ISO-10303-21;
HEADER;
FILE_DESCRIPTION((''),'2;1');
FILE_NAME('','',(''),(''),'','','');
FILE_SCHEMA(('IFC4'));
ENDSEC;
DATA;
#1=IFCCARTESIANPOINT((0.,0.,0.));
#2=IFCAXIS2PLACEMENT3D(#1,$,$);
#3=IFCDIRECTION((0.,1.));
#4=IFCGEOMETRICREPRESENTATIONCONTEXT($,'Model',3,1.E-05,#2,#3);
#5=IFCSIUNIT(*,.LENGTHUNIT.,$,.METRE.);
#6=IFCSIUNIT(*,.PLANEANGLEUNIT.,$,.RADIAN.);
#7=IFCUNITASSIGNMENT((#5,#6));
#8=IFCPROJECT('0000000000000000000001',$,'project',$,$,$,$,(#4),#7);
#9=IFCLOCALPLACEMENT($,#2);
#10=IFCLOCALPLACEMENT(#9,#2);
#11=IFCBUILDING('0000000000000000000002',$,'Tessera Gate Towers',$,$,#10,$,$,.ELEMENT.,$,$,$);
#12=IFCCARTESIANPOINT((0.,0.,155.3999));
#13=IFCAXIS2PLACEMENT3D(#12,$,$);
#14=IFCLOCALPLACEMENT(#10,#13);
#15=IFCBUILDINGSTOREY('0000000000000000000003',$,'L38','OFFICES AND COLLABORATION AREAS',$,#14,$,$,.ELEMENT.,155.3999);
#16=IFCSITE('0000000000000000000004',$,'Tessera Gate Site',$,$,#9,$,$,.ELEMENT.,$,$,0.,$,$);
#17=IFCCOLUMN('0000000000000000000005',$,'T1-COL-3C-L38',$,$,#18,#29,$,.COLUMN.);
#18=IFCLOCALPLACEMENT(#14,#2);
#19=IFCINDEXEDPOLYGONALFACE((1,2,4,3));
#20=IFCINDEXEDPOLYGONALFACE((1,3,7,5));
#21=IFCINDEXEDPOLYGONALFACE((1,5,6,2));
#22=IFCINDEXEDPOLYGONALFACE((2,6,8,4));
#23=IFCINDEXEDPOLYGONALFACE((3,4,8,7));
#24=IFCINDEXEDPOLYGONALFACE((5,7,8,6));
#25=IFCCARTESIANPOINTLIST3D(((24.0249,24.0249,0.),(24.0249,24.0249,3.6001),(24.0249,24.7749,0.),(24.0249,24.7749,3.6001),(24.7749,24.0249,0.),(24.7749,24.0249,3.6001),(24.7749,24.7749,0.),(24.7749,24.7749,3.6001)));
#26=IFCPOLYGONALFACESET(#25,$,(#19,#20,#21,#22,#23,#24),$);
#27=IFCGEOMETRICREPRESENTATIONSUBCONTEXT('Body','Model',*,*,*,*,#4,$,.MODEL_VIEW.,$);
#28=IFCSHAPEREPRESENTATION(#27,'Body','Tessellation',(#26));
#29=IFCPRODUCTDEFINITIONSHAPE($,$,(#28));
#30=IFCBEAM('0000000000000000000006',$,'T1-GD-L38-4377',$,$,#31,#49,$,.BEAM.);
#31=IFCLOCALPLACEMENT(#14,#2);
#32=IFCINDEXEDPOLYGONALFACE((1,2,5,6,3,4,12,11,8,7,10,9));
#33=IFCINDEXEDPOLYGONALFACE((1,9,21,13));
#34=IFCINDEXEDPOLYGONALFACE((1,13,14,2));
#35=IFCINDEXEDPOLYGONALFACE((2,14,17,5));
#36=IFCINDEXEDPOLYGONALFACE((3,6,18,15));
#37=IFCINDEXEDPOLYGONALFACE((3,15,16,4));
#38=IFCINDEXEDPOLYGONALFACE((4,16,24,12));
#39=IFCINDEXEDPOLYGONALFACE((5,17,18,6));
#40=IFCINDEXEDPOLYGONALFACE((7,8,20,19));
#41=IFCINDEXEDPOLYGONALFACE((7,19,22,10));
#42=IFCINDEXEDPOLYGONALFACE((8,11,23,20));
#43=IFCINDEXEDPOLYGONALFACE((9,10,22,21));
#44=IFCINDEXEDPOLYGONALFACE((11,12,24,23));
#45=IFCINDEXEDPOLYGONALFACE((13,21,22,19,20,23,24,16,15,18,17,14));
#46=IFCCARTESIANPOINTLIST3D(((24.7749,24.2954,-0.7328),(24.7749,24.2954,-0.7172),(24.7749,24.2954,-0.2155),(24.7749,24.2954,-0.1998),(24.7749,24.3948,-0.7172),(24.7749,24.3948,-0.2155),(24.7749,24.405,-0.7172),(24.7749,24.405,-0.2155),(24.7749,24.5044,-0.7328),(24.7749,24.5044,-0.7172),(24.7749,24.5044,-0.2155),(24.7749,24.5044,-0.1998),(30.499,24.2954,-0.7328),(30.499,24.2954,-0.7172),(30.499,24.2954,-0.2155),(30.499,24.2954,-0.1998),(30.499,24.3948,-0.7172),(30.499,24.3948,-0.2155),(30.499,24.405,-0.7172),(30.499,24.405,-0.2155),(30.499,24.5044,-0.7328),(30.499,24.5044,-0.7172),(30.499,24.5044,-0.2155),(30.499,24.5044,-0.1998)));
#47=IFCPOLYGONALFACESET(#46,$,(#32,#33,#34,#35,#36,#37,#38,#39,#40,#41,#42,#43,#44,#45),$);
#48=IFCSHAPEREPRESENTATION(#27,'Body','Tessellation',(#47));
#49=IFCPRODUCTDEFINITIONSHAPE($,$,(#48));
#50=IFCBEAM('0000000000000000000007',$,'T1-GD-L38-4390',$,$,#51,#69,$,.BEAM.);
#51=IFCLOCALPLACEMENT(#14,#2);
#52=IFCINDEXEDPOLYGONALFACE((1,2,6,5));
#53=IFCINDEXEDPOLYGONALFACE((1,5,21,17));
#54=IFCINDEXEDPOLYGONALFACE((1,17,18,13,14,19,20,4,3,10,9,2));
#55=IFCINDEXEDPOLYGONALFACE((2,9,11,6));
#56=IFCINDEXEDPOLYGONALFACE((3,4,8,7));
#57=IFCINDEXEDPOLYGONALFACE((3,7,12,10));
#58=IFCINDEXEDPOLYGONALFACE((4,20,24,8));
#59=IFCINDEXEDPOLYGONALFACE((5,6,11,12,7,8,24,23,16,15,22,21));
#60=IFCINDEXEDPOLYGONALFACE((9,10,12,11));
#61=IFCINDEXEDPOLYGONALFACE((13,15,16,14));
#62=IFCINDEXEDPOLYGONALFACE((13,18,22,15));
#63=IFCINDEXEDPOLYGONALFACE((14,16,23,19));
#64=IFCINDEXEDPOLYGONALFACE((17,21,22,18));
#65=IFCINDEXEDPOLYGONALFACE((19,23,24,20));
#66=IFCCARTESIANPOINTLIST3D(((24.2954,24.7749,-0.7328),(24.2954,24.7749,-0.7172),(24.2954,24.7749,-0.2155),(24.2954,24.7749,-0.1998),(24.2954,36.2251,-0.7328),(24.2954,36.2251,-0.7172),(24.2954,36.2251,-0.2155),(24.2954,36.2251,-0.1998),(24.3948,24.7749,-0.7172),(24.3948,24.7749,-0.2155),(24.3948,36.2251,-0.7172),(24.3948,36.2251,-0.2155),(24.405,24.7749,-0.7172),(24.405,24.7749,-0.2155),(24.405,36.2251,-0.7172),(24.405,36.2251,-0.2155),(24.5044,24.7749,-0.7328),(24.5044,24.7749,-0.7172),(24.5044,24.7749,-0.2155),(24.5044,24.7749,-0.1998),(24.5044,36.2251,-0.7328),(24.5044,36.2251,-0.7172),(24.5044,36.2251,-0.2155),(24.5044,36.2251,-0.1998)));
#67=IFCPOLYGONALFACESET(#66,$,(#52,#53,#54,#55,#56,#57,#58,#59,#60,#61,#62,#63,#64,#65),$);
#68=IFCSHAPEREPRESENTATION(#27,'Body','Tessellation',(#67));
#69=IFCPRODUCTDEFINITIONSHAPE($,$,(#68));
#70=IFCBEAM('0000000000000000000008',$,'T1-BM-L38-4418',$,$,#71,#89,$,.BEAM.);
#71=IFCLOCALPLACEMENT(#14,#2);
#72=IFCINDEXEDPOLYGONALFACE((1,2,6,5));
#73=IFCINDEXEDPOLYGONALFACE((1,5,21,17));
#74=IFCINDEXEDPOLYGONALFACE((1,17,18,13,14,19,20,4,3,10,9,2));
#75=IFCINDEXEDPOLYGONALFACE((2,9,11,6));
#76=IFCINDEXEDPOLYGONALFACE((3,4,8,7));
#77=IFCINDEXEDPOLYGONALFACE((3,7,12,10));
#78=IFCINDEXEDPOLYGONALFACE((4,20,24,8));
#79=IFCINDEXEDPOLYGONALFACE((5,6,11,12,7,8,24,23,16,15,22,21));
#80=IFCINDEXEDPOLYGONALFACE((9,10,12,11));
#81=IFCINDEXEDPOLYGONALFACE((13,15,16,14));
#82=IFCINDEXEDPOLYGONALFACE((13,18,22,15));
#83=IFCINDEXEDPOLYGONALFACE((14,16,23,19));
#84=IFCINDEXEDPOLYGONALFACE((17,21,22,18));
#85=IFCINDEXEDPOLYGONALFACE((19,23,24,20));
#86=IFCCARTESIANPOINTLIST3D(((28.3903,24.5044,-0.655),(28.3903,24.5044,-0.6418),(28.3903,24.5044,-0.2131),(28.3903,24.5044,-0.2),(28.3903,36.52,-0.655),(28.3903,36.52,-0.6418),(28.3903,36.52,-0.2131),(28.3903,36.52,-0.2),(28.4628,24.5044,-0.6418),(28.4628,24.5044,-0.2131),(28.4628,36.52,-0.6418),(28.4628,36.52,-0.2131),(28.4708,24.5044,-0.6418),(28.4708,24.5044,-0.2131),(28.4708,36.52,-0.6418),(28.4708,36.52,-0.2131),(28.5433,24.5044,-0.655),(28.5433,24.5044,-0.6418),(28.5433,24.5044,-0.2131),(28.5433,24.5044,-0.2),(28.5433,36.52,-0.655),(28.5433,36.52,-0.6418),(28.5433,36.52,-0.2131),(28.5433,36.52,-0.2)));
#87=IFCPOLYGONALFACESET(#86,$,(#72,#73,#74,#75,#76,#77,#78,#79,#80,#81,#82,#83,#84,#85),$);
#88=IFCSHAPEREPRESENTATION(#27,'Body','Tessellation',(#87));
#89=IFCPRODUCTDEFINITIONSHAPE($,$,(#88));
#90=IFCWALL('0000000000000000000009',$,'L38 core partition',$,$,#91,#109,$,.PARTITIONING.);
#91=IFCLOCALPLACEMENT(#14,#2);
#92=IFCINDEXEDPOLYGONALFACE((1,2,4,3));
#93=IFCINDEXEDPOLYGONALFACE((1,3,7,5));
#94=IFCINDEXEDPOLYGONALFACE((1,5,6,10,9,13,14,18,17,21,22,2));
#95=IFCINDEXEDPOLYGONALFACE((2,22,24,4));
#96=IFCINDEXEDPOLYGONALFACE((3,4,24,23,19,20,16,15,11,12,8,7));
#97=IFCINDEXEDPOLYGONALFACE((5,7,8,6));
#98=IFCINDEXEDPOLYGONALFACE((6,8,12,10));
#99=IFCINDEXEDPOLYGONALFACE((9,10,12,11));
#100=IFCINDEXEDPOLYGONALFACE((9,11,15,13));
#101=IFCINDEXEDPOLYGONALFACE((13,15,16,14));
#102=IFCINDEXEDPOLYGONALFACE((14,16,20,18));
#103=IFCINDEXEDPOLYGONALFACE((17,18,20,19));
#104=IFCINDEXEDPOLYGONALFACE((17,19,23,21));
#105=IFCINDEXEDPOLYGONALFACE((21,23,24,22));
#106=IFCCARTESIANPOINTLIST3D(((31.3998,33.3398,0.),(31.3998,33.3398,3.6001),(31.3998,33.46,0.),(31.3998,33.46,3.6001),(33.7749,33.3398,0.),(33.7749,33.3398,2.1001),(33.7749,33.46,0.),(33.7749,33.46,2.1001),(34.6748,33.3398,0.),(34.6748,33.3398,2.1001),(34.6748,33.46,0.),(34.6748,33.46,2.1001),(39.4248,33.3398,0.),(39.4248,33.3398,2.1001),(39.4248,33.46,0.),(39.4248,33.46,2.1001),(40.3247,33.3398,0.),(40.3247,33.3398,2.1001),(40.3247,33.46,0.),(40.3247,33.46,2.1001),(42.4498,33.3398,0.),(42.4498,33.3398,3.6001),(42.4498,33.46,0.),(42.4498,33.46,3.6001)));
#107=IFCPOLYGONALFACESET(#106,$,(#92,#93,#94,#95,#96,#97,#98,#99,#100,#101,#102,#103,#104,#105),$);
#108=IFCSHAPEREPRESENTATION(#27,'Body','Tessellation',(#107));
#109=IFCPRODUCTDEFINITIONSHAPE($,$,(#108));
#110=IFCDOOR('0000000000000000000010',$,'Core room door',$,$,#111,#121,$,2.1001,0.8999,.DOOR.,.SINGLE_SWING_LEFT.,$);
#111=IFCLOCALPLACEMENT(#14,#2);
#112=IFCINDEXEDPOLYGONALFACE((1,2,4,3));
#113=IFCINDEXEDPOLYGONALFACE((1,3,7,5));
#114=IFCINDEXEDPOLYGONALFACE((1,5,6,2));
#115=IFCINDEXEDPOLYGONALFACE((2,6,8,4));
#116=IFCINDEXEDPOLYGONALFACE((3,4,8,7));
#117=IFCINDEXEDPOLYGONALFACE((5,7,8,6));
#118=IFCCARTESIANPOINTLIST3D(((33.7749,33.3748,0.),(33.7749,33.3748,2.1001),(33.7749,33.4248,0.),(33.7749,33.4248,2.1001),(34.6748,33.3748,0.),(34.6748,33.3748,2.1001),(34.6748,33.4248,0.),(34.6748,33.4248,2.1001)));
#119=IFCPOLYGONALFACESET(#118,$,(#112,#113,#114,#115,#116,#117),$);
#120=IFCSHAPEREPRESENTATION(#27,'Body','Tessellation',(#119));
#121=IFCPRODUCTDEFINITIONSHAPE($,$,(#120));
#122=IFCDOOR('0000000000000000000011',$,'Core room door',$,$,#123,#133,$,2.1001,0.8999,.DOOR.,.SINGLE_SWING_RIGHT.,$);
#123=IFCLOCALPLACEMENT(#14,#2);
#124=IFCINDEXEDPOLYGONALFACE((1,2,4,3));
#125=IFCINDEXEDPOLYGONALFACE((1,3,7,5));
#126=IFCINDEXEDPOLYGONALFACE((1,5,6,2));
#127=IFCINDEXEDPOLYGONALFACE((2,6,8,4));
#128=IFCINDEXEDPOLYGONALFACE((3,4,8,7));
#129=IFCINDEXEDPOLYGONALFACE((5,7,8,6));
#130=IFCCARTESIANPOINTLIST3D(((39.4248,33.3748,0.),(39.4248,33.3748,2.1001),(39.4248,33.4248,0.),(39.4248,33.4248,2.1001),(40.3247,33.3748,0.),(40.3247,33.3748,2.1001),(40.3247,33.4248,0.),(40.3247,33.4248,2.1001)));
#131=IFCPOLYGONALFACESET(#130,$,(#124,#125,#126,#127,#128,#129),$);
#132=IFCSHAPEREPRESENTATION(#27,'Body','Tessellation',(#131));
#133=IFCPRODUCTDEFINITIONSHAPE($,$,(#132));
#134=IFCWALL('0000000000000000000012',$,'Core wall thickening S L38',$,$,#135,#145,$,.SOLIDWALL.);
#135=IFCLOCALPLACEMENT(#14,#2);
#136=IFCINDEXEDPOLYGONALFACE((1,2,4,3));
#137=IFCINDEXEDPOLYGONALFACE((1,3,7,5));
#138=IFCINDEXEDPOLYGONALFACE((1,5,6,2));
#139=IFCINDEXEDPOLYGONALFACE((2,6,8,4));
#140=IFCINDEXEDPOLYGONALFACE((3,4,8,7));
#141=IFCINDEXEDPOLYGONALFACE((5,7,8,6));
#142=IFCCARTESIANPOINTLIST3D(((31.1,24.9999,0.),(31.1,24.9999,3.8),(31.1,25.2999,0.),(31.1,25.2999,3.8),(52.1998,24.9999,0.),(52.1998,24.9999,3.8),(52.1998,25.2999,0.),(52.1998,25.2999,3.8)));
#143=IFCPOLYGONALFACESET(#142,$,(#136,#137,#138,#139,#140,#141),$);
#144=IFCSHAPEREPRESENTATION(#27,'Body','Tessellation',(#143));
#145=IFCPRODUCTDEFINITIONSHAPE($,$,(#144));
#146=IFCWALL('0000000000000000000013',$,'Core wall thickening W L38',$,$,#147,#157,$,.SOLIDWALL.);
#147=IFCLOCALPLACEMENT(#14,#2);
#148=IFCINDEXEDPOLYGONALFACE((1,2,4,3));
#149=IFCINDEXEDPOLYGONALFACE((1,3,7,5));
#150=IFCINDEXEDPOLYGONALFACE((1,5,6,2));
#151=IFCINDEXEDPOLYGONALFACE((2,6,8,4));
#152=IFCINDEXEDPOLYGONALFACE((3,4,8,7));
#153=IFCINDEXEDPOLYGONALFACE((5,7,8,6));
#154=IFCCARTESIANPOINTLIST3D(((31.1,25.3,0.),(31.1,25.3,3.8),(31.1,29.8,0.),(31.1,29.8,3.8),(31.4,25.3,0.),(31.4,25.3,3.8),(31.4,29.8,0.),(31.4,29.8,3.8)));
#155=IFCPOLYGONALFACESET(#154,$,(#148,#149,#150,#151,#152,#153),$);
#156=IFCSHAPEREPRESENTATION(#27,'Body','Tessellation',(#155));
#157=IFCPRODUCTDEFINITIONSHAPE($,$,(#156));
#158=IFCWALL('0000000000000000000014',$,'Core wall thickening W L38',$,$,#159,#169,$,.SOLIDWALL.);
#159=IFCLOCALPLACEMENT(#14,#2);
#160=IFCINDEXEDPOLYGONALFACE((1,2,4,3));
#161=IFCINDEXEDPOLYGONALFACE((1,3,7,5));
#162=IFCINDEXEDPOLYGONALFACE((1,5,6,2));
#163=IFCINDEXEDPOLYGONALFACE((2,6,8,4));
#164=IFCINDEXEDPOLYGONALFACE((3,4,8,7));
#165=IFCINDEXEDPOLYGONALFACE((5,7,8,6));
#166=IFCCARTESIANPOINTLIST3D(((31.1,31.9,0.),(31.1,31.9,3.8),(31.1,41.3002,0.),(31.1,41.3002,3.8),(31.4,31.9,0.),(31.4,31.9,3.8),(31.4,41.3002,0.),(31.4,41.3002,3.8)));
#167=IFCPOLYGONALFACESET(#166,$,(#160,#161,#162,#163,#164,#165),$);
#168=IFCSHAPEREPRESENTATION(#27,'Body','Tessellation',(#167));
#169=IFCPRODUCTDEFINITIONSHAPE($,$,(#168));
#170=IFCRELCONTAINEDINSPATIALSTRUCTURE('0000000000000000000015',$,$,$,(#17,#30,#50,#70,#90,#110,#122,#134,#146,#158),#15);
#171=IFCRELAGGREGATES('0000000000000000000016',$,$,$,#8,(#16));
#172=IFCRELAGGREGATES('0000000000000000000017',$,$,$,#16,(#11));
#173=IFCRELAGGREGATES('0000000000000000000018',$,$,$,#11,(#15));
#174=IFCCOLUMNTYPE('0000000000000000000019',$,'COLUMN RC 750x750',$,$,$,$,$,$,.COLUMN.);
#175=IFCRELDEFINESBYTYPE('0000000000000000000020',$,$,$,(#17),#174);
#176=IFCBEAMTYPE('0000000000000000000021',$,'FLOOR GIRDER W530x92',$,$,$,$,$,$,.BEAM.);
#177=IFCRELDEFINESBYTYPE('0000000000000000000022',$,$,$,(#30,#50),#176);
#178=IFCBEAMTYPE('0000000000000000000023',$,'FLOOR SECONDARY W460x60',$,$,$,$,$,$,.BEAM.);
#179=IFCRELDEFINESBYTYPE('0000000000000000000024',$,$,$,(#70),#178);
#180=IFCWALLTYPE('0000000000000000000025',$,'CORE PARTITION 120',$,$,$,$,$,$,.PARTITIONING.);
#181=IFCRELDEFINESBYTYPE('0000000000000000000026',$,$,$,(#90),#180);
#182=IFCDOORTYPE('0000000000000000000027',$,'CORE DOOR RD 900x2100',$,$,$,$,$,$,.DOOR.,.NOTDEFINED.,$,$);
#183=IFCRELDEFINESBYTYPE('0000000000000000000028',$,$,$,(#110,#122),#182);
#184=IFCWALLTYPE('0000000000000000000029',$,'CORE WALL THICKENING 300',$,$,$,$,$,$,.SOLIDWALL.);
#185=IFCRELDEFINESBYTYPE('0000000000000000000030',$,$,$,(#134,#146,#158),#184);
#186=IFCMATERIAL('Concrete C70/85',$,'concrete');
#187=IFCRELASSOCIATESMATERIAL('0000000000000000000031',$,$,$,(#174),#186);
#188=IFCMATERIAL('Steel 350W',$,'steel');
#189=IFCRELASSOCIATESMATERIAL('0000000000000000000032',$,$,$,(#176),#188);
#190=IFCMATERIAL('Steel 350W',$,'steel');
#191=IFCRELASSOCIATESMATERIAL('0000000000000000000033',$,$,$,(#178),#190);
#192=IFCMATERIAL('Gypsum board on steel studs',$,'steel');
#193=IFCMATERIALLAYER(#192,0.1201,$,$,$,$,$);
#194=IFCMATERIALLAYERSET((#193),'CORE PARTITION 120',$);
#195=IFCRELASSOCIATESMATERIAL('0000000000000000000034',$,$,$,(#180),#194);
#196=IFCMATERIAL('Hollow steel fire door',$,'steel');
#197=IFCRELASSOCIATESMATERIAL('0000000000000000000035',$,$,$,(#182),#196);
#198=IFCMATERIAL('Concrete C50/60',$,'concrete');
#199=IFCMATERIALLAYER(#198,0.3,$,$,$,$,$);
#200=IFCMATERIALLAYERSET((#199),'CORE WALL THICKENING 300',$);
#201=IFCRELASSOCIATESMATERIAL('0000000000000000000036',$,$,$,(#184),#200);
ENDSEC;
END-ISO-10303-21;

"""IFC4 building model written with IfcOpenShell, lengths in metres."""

from ifc_helpers import new_model, si_unit, direction, frame, frame_2d, origin, origin_2d, place, context, subcontext, project, spatial, rectangle, i_section, extrude, source, transform, mapped, material, layer, layer_set, material_profile, profile_set, type_object, element, fill, save


model = new_model("IFC4")

# Units and contexts
model_context = context("Model", 3, precision=1e-05, world=origin(), true_north=direction((0.0, 1.0)))
body_context = subcontext(model_context, "Body", "Model", "MODEL_VIEW")
ifc_project = project(units=[si_unit("LENGTHUNIT", "METRE"), si_unit("PLANEANGLEUNIT", "RADIAN")], contexts=[model_context])

# Site, building, storey
site_placement = place(None, origin())
site = spatial("IfcSite", under=ifc_project, at=site_placement, Name="Tessera Gate Site", CompositionType="ELEMENT", RefElevation=0.0)
building_placement = place(site_placement, origin())
building = spatial("IfcBuilding", under=site, at=building_placement, Name="Tessera Gate Towers", CompositionType="ELEMENT")
storey_placement = place(building_placement, frame((0.0, 0.0, 155.3999)))
storey = spatial("IfcBuildingStorey", under=building, at=storey_placement, Name="L38", Description="OFFICES AND COLLABORATION AREAS", CompositionType="ELEMENT", Elevation=155.3999)

# Column
ifc_material_1 = material(Name="Concrete C70/85", Category="concrete")
ifc_material_profile_1 = material_profile(ifc_material_1, rectangle(XDim=0.75, YDim=0.75, at=origin_2d()), Name="RC 750x750")
ifc_profile_set_1 = profile_set([ifc_material_profile_1], Name="Concrete C70/85")
column_type = type_object("IfcColumnType", Name="COLUMN RC 750x750", PredefinedType="COLUMN", material=ifc_profile_set_1)
column_placement = place(storey_placement, frame((24.3999, 24.3999, 0.0), z_axis=(0.0, 0.0, 1.0), x_axis=(1.0, 0.0, 0.0)))
element("IfcColumn", 1, at=column_placement, inside=storey, type_object=column_type, Name="T1-COL-3C-L38", PredefinedType="COLUMN", context=body_context, shape_type="SweptSolid", body=[
    extrude(rectangle(XDim=0.75, YDim=0.75, at=origin_2d()), origin(), (0.0, 0.0, 1.0), 3.6001),
])

# Beams
ifc_material_2 = material(Name="Steel 350W", Category="steel")
ifc_material_profile_2 = material_profile(ifc_material_2, i_section(OverallWidth=0.209, OverallDepth=0.533, WebThickness=0.0103, FlangeThickness=0.0156, at=origin_2d()), Name="W530x92")
ifc_profile_set_2 = profile_set([ifc_material_profile_2], Name="Steel 350W")
beam_type_1 = type_object("IfcBeamType", Name="FLOOR GIRDER W530x92", PredefinedType="BEAM", material=ifc_profile_set_2)
beam_1_placement = place(storey_placement, frame((24.7749, 24.3999, -0.4663), z_axis=(1.0, 0.0, 0.0), x_axis=(0.0, 1.0, 0.0)))
element("IfcBeam", 2, at=beam_1_placement, inside=storey, type_object=beam_type_1, Name="T1-GD-L38-4377", PredefinedType="BEAM", context=body_context, shape_type="SweptSolid", body=[
    extrude(i_section(OverallWidth=0.209, OverallDepth=0.533, WebThickness=0.0103, FlangeThickness=0.0156, at=origin_2d()), origin(), (0.0, 0.0, 1.0), 5.7241),
])
beam_2_placement = place(storey_placement, frame((24.3999, 24.7749, -0.4663), z_axis=(0.0, 1.0, 0.0), x_axis=(-1.0, 0.0, 0.0)))
element("IfcBeam", 3, at=beam_2_placement, inside=storey, type_object=beam_type_1, Name="T1-GD-L38-4390", PredefinedType="BEAM", context=body_context, shape_type="SweptSolid", body=[
    extrude(i_section(OverallWidth=0.209, OverallDepth=0.533, WebThickness=0.0103, FlangeThickness=0.0156, at=origin_2d()), origin(), (0.0, 0.0, 1.0), 11.4502),
])
ifc_material_3 = material(Name="Steel 350W", Category="steel")
ifc_material_profile_3 = material_profile(ifc_material_3, i_section(OverallWidth=0.1531, OverallDepth=0.4551, WebThickness=0.0081, FlangeThickness=0.0132, at=origin_2d()), Name="W460x60")
ifc_profile_set_3 = profile_set([ifc_material_profile_3], Name="Steel 350W")
beam_type_2 = type_object("IfcBeamType", Name="FLOOR SECONDARY W460x60", PredefinedType="BEAM", material=ifc_profile_set_3)
beam_3_placement = place(storey_placement, frame((28.4668, 24.5044, -0.4275), z_axis=(0.0, 1.0, 0.0), x_axis=(-1.0, 0.0, 0.0)))
element("IfcBeam", 4, at=beam_3_placement, inside=storey, type_object=beam_type_2, Name="T1-BM-L38-4418", PredefinedType="BEAM", context=body_context, shape_type="SweptSolid", body=[
    extrude(i_section(OverallWidth=0.1531, OverallDepth=0.4551, WebThickness=0.0081, FlangeThickness=0.0132, at=origin_2d()), origin(), (0.0, 0.0, 1.0), 12.0156),
])

# Wall, openings, doors
ifc_material_4 = material(Name="Gypsum board on steel studs", Category="steel")
ifc_layer_1 = layer(ifc_material_4, 0.1201)
ifc_layer_set_1 = layer_set([ifc_layer_1], Name="CORE PARTITION 120")
wall_type_1 = type_object("IfcWallType", Name="CORE PARTITION 120", PredefinedType="PARTITIONING", material=ifc_layer_set_1)
wall_1_placement = place(storey_placement, frame((31.3999, 33.3999, 0.0), z_axis=(0.0, 0.0, 1.0), x_axis=(1.0, 0.0, 0.0)))
wall_1 = element("IfcWall", 5, at=wall_1_placement, inside=storey, type_object=wall_type_1, Name="L38 core partition", PredefinedType="PARTITIONING", context=body_context, shape_type="SweptSolid", body=[
    extrude(rectangle(XDim=11.05, YDim=0.1201, at=frame_2d((5.5249, 0.0))), origin(), (0.0, 0.0, 1.0), 3.6001),
])
shared_shape_1 = source(origin(), body_context, "Body", "SweptSolid", [
    extrude(rectangle(XDim=0.8999, YDim=2.1001, at=frame_2d((0.45, 1.05))), frame((0.0, 0.0701, 0.0), z_axis=(0.0, -1.0, 0.0), x_axis=(1.0, 0.0, 0.0)), (0.0, 0.0, 1.0), 0.1401),
])
opening_1_placement = place(wall_1_placement, frame((2.375, 0.0, 0.0)))
opening_1 = element("IfcOpeningElement", 6, at=opening_1_placement, cuts=wall_1, PredefinedType="OPENING", context=body_context, shape_type="MappedRepresentation", body=[
    mapped(shared_shape_1, transform((0.0, 0.0, 0.0), scale=1.0)),
])
opening_2_placement = place(wall_1_placement, frame((8.0249, 0.0, 0.0)))
opening_2 = element("IfcOpeningElement", 7, at=opening_2_placement, cuts=wall_1, PredefinedType="OPENING", context=body_context, shape_type="MappedRepresentation", body=[
    mapped(shared_shape_1, transform((0.0, 0.0, 0.0), scale=1.0)),
])
ifc_material_5 = material(Name="Hollow steel fire door", Category="steel")
door_type_1 = type_object("IfcDoorType", Name="CORE DOOR RD 900x2100", OperationType="NOTDEFINED", PredefinedType="DOOR", material=ifc_material_5)
shared_shape_2 = source(origin(), body_context, "Body", "SweptSolid", [
    extrude(rectangle(XDim=0.8999, YDim=2.1001, at=frame_2d((0.45, 1.05))), frame((0.0, 0.0249, 0.0), z_axis=(0.0, -1.0, 0.0), x_axis=(1.0, 0.0, 0.0)), (0.0, 0.0, 1.0), 0.05),
])
door_1_placement = place(opening_1_placement, origin())
door_1 = element("IfcDoor", 8, at=door_1_placement, inside=storey, type_object=door_type_1, Name="Core room door", OperationType="SINGLE_SWING_LEFT", OverallHeight=2.1001, OverallWidth=0.8999, PredefinedType="DOOR", context=body_context, shape_type="MappedRepresentation", body=[
    mapped(shared_shape_2, transform((0.0, 0.0, 0.0), scale=1.0)),
])
fill(opening_1, door_1)
door_2_placement = place(opening_2_placement, origin())
door_2 = element("IfcDoor", 9, at=door_2_placement, inside=storey, type_object=door_type_1, Name="Core room door", OperationType="SINGLE_SWING_RIGHT", OverallHeight=2.1001, OverallWidth=0.8999, PredefinedType="DOOR", context=body_context, shape_type="MappedRepresentation", body=[
    mapped(shared_shape_2, transform((0.0, 0.0, 0.0), scale=1.0)),
])
fill(opening_2, door_2)

# Walls
ifc_material_6 = material(Name="Concrete C50/60", Category="concrete")
ifc_layer_2 = layer(ifc_material_6, 0.3)
ifc_layer_set_2 = layer_set([ifc_layer_2], Name="CORE WALL THICKENING 300")
wall_type_2 = type_object("IfcWallType", Name="CORE WALL THICKENING 300", PredefinedType="SOLIDWALL", material=ifc_layer_set_2)
wall_2_placement = place(storey_placement, frame((31.1001, 25.1499, 0.0), z_axis=(0.0, 0.0, 1.0), x_axis=(1.0, 0.0, 0.0)))
element("IfcWall", 10, at=wall_2_placement, inside=storey, type_object=wall_type_2, Name="Core wall thickening S L38", PredefinedType="SOLIDWALL", context=body_context, shape_type="SweptSolid", body=[
    extrude(rectangle(XDim=21.0999, YDim=0.3, at=frame_2d((10.5498, 0.0))), origin(), (0.0, 0.0, 1.0), 3.8),
])
wall_3_placement = place(storey_placement, frame((31.25, 25.3, 0.0), z_axis=(0.0, 0.0, 1.0), x_axis=(0.0, 1.0, 0.0)))
element("IfcWall", 11, at=wall_3_placement, inside=storey, type_object=wall_type_2, Name="Core wall thickening W L38", PredefinedType="SOLIDWALL", context=body_context, shape_type="SweptSolid", body=[
    extrude(rectangle(XDim=4.5, YDim=0.3, at=frame_2d((2.25, 0.0))), origin(), (0.0, 0.0, 1.0), 3.8),
])
wall_4_placement = place(storey_placement, frame((31.25, 31.8999, 0.0), z_axis=(0.0, 0.0, 1.0), x_axis=(0.0, 1.0, 0.0)))
element("IfcWall", 12, at=wall_4_placement, inside=storey, type_object=wall_type_2, Name="Core wall thickening W L38", PredefinedType="SOLIDWALL", context=body_context, shape_type="SweptSolid", body=[
    extrude(rectangle(XDim=9.4001, YDim=0.3, at=frame_2d((4.7002, 0.0))), origin(), (0.0, 0.0, 1.0), 3.8),
])

save(model, "model.ifc")
